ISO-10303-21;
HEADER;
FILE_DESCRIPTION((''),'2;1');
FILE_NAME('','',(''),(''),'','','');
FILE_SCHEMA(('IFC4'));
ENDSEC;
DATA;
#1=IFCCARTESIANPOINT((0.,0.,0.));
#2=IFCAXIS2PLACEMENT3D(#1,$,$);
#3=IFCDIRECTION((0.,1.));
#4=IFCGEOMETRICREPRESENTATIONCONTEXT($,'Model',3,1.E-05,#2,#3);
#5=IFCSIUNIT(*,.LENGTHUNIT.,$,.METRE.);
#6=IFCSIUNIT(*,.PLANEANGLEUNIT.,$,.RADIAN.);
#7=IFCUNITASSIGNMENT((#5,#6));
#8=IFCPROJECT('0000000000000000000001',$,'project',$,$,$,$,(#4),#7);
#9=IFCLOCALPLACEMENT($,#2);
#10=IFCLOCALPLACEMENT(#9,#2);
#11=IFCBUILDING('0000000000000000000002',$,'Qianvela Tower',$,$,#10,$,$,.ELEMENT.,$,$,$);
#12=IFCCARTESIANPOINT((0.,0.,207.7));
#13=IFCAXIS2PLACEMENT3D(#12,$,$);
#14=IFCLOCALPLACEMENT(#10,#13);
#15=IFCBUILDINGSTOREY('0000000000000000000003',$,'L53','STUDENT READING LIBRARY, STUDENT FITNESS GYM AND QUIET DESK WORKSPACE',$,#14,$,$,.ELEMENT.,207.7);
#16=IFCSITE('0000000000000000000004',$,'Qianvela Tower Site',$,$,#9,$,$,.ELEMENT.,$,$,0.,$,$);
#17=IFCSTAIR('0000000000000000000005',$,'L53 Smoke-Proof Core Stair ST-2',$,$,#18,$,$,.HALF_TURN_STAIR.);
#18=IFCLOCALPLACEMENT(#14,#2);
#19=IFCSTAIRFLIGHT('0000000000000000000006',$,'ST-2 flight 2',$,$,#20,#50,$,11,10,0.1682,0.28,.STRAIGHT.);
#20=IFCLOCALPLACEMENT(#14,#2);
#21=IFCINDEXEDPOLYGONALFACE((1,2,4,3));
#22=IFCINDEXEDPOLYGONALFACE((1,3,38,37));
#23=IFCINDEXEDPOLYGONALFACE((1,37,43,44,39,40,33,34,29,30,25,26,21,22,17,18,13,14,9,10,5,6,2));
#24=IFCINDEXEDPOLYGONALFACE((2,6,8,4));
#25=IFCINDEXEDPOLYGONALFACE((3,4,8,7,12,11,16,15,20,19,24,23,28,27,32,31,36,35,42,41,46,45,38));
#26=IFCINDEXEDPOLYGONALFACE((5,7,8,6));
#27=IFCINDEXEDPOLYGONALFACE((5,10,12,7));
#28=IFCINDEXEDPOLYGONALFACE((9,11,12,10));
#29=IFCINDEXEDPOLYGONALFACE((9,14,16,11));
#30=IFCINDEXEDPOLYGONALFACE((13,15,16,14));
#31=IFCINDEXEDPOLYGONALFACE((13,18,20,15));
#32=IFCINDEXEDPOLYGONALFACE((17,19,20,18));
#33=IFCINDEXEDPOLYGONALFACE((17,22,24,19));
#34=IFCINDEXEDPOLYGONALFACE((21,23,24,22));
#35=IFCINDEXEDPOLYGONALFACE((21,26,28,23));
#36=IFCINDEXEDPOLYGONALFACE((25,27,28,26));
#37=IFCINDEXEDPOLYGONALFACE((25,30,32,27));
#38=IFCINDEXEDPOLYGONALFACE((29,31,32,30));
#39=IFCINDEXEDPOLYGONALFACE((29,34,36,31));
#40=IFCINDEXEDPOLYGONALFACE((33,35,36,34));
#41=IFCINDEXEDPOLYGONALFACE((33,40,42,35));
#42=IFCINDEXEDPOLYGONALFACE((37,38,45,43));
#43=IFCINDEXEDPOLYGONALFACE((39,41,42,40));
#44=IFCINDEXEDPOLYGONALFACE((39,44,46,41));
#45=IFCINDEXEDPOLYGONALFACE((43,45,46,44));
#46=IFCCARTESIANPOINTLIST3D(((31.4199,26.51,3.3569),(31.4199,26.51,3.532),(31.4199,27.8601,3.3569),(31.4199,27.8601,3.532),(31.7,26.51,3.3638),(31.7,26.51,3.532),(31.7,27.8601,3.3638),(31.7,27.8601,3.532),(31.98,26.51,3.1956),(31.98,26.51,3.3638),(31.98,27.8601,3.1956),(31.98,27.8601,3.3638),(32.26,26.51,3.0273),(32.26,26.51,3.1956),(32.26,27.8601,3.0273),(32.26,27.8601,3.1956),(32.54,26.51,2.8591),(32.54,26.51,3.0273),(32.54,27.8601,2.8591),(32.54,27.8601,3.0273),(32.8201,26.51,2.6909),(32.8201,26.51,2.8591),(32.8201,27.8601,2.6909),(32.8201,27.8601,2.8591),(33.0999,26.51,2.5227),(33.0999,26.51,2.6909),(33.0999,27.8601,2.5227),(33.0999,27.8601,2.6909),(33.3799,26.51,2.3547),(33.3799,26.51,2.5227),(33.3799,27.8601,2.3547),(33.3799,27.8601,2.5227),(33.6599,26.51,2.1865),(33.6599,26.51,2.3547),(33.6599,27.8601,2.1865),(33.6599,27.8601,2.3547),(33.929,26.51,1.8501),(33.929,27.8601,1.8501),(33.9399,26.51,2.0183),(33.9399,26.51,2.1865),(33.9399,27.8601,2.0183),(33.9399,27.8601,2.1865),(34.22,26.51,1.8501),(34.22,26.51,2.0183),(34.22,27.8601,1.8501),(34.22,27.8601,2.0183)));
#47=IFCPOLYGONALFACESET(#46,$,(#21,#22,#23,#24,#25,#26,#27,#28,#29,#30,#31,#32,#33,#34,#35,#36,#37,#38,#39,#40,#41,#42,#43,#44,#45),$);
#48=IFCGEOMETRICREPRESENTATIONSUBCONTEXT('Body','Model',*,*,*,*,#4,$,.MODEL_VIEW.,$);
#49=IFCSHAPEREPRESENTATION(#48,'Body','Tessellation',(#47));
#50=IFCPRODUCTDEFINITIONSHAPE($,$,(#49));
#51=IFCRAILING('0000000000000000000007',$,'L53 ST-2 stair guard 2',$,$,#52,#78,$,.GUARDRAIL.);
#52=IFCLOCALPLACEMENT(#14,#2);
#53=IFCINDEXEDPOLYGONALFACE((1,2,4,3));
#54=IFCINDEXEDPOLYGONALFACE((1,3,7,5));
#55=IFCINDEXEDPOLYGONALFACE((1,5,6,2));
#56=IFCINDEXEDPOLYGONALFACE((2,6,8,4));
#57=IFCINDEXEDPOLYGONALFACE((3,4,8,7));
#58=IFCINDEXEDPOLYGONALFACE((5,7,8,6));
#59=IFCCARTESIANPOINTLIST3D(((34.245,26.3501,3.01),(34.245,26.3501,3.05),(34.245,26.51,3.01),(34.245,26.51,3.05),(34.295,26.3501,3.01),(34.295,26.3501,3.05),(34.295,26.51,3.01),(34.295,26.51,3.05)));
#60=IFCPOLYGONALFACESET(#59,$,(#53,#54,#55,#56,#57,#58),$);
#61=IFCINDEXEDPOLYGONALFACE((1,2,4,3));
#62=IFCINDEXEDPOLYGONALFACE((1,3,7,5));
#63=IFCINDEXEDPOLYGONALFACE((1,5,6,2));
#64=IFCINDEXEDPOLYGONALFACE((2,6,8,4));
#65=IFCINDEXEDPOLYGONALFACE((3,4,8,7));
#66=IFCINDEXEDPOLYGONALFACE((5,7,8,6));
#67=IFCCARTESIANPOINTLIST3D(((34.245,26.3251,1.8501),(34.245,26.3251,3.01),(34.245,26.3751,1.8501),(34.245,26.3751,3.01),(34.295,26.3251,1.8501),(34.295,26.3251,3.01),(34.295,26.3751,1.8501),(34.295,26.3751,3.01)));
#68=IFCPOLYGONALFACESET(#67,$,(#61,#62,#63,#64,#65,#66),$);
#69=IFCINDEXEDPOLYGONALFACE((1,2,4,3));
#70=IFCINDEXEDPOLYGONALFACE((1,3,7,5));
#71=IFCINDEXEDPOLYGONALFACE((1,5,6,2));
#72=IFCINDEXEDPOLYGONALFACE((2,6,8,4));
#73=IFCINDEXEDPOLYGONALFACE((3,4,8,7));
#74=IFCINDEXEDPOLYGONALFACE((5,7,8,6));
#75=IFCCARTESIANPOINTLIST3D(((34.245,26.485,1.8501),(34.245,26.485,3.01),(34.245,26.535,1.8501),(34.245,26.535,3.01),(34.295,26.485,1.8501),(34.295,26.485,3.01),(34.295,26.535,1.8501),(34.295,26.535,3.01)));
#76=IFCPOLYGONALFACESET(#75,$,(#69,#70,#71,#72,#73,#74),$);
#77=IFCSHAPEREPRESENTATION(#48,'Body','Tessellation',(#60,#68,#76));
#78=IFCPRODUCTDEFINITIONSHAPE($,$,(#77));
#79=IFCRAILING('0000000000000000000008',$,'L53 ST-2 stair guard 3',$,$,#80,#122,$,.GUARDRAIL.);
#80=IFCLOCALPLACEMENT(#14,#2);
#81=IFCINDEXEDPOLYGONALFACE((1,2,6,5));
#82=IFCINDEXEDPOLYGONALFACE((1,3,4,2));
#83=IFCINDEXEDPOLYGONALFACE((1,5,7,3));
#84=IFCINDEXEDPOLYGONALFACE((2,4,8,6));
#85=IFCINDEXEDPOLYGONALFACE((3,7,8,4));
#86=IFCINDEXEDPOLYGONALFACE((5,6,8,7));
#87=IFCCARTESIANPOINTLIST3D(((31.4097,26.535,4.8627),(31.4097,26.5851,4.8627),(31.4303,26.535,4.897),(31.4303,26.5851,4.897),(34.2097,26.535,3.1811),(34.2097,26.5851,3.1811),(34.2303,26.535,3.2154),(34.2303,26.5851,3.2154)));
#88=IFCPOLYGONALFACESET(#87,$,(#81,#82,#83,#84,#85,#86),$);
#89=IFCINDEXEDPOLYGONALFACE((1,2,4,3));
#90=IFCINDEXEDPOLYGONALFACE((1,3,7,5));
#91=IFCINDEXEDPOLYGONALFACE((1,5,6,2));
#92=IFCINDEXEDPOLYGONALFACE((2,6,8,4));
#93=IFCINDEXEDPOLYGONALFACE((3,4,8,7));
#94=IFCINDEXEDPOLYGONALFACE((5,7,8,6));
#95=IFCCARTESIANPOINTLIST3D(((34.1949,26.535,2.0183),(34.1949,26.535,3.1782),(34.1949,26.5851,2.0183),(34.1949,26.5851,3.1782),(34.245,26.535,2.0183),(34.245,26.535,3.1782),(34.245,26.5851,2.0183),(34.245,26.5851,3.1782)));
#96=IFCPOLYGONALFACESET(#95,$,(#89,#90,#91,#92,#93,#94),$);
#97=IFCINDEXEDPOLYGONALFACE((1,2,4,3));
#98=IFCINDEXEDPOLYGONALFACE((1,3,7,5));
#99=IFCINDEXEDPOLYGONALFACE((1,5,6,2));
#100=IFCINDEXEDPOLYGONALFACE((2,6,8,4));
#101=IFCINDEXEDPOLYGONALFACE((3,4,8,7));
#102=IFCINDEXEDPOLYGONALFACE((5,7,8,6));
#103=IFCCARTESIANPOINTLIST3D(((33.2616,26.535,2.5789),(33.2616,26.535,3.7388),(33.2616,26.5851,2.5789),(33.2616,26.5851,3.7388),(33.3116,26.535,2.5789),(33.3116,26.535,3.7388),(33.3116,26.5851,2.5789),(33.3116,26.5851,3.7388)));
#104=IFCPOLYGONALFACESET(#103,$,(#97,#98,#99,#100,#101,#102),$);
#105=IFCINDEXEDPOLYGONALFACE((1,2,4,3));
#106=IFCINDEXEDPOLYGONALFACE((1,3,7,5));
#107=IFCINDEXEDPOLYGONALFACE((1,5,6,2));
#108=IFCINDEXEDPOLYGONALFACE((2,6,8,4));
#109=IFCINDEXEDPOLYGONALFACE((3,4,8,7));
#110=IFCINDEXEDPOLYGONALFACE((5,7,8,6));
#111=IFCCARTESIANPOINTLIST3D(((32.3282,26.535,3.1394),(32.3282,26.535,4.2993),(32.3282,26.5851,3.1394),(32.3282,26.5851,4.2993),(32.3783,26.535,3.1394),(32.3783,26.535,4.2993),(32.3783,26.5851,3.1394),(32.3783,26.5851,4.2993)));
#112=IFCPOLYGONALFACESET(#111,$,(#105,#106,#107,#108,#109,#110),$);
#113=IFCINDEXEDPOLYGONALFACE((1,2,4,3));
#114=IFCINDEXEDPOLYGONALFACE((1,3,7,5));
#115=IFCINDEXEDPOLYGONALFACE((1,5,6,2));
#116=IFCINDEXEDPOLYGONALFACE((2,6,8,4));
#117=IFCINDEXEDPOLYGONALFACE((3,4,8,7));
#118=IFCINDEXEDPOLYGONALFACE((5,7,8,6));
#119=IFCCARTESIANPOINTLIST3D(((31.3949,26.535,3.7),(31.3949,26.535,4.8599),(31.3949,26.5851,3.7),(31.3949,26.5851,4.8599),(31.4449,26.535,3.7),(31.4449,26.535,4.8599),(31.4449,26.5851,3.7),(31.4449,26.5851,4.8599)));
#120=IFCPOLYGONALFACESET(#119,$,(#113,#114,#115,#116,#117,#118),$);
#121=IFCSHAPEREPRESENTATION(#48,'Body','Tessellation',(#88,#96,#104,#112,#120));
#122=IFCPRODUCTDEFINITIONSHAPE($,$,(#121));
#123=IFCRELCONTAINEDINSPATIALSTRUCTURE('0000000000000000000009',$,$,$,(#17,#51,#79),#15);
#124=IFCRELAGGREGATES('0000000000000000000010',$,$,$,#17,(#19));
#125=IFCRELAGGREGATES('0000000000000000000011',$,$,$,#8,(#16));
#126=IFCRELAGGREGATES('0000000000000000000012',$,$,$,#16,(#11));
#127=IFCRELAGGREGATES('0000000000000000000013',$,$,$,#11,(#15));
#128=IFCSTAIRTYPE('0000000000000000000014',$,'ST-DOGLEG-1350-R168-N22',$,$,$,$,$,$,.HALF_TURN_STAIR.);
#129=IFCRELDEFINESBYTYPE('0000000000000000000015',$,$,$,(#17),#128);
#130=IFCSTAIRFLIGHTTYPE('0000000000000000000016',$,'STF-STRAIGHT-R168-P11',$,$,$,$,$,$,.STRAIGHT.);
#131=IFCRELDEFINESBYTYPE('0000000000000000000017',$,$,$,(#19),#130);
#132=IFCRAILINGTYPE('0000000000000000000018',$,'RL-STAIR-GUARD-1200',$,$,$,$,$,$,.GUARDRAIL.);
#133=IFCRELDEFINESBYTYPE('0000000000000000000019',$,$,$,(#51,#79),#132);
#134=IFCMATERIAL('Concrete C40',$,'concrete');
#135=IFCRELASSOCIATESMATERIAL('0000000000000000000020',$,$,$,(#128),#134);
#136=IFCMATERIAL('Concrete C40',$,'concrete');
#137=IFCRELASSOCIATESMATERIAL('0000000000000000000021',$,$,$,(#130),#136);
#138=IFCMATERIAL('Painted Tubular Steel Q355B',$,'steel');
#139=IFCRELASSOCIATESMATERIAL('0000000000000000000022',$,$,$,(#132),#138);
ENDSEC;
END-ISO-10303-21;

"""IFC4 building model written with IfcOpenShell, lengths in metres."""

from ifc_helpers import new_model, si_unit, direction, frame, origin, origin_2d, place, context, subcontext, project, spatial, polyline, rectangle, outline, extrude, material, type_object, element, aggregate, save


model = new_model("IFC4")

# Units and contexts
model_context = context("Model", 3, precision=1e-05, world=origin(), true_north=direction((0.0, 1.0)))
body_context = subcontext(model_context, "Body", "Model", "MODEL_VIEW")
ifc_project = project(units=[si_unit("LENGTHUNIT", "METRE"), si_unit("PLANEANGLEUNIT", "RADIAN")], contexts=[model_context])

# Site, building, storey
site_placement = place(None, origin())
site = spatial("IfcSite", under=ifc_project, at=site_placement, Name="Qianvela Tower Site", CompositionType="ELEMENT", RefElevation=0.0)
building_placement = place(site_placement, origin())
building = spatial("IfcBuilding", under=site, at=building_placement, Name="Qianvela Tower", CompositionType="ELEMENT")
storey_placement = place(building_placement, frame((0.0, 0.0, 207.7)))
storey = spatial("IfcBuildingStorey", under=building, at=storey_placement, Name="L53", Description="STUDENT READING LIBRARY, STUDENT FITNESS GYM AND QUIET DESK WORKSPACE", CompositionType="ELEMENT", Elevation=207.7)

# Stair, stair flight
ifc_material_1 = material(Name="Concrete C40", Category="concrete")
stair_type = type_object("IfcStairType", Name="ST-DOGLEG-1350-R168-N22", PredefinedType="HALF_TURN_STAIR", material=ifc_material_1)
stair_placement = place(storey_placement, origin())
stair = element("IfcStair", 1, at=stair_placement, inside=storey, type_object=stair_type, Name="L53 Smoke-Proof Core Stair ST-2", PredefinedType="HALF_TURN_STAIR")
ifc_material_2 = material(Name="Concrete C40", Category="concrete")
stair_flight_type = type_object("IfcStairFlightType", Name="STF-STRAIGHT-R168-P11", PredefinedType="STRAIGHT", material=ifc_material_2)
stair_flight_placement = place(storey_placement, frame((34.22, 27.1851, 1.8501), z_axis=(0.0, 0.0, 1.0), x_axis=(-1.0, 0.0, 0.0)))
stair_flight = element("IfcStairFlight", 2, at=stair_flight_placement, type_object=stair_flight_type, Name="ST-2 flight 2", NumberOfRisers=11, NumberOfTreads=10, PredefinedType="STRAIGHT", RiserHeight=0.1682, TreadLength=0.28, context=body_context, shape_type="SweptSolid", body=[
    extrude(outline(polyline([(0.0, 0.0), (0.0, 0.1682), (0.28, 0.1682), (0.28, 0.3364), (0.5601, 0.3364), (0.5601, 0.5046), (0.8401, 0.5046), (0.8401, 0.6726), (1.1201, 0.6726), (1.1201, 0.8408), (1.3999, 0.8408), (1.3999, 1.009), (1.6799, 1.009), (1.6799, 1.1772), (1.96, 1.1772), (1.96, 1.3455), (2.24, 1.3455), (2.24, 1.5137), (2.52, 1.5137), (2.52, 1.6819), (2.8, 1.6819), (2.8, 1.8501), (2.8, 1.5068), (0.291, 0.0), (0.0, 0.0)])), frame((0.0, 0.675, 0.0), z_axis=(0.0, -1.0, 0.0), x_axis=(1.0, 0.0, 0.0)), (0.0, 0.0, 1.0), 1.3501),
])
aggregate(stair, [stair_flight])

# Railings
ifc_material_3 = material(Name="Painted Tubular Steel Q355B", Category="steel")
railing_type = type_object("IfcRailingType", Name="RL-STAIR-GUARD-1200", PredefinedType="GUARDRAIL", material=ifc_material_3)
railing_1_placement = place(storey_placement, frame((34.27, 26.3501, 1.8501)))
element("IfcRailing", 3, at=railing_1_placement, inside=storey, type_object=railing_type, Name="L53 ST-2 stair guard 2", PredefinedType="GUARDRAIL", context=body_context, shape_type="SweptSolid", body=[
    extrude(rectangle(XDim=0.05, YDim=0.04, at=origin_2d()), frame((0.0, 0.0, 1.1799), z_axis=(0.0, 1.0, 0.0), x_axis=(-1.0, 0.0, 0.0)), (0.0, 0.0, 1.0), 0.1599),
    extrude(rectangle(XDim=0.05, YDim=0.05, at=origin_2d()), origin(), (0.0, 0.0, 1.0), 1.1599),
    extrude(rectangle(XDim=0.05, YDim=0.05, at=origin_2d()), frame((0.0, 0.1599, 0.0)), (0.0, 0.0, 1.0), 1.1599),
])
railing_2_placement = place(storey_placement, frame((34.22, 26.5601, 2.0183)))
element("IfcRailing", 4, at=railing_2_placement, inside=storey, type_object=railing_type, Name="L53 ST-2 stair guard 3", PredefinedType="GUARDRAIL", context=body_context, shape_type="SweptSolid", body=[
    extrude(rectangle(XDim=0.05, YDim=0.04, at=origin_2d()), frame((0.0, 0.0, 1.1799), z_axis=(-0.857275, 0.0, 0.514858), x_axis=(0.0, -1.0, 0.0)), (0.0, 0.0, 1.0), 3.2661),
    extrude(rectangle(XDim=0.05, YDim=0.05, at=origin_2d()), origin(), (0.0, 0.0, 1.0), 1.1599),
    extrude(rectangle(XDim=0.05, YDim=0.05, at=origin_2d()), frame((-0.9333, 0.0, 0.5605)), (0.0, 0.0, 1.0), 1.1599),
    extrude(rectangle(XDim=0.05, YDim=0.05, at=origin_2d()), frame((-1.8667, 0.0, 1.1211)), (0.0, 0.0, 1.0), 1.1599),
    extrude(rectangle(XDim=0.05, YDim=0.05, at=origin_2d()), frame((-2.8, 0.0, 1.6816)), (0.0, 0.0, 1.0), 1.1599),
])

save(model, "model.ifc")
